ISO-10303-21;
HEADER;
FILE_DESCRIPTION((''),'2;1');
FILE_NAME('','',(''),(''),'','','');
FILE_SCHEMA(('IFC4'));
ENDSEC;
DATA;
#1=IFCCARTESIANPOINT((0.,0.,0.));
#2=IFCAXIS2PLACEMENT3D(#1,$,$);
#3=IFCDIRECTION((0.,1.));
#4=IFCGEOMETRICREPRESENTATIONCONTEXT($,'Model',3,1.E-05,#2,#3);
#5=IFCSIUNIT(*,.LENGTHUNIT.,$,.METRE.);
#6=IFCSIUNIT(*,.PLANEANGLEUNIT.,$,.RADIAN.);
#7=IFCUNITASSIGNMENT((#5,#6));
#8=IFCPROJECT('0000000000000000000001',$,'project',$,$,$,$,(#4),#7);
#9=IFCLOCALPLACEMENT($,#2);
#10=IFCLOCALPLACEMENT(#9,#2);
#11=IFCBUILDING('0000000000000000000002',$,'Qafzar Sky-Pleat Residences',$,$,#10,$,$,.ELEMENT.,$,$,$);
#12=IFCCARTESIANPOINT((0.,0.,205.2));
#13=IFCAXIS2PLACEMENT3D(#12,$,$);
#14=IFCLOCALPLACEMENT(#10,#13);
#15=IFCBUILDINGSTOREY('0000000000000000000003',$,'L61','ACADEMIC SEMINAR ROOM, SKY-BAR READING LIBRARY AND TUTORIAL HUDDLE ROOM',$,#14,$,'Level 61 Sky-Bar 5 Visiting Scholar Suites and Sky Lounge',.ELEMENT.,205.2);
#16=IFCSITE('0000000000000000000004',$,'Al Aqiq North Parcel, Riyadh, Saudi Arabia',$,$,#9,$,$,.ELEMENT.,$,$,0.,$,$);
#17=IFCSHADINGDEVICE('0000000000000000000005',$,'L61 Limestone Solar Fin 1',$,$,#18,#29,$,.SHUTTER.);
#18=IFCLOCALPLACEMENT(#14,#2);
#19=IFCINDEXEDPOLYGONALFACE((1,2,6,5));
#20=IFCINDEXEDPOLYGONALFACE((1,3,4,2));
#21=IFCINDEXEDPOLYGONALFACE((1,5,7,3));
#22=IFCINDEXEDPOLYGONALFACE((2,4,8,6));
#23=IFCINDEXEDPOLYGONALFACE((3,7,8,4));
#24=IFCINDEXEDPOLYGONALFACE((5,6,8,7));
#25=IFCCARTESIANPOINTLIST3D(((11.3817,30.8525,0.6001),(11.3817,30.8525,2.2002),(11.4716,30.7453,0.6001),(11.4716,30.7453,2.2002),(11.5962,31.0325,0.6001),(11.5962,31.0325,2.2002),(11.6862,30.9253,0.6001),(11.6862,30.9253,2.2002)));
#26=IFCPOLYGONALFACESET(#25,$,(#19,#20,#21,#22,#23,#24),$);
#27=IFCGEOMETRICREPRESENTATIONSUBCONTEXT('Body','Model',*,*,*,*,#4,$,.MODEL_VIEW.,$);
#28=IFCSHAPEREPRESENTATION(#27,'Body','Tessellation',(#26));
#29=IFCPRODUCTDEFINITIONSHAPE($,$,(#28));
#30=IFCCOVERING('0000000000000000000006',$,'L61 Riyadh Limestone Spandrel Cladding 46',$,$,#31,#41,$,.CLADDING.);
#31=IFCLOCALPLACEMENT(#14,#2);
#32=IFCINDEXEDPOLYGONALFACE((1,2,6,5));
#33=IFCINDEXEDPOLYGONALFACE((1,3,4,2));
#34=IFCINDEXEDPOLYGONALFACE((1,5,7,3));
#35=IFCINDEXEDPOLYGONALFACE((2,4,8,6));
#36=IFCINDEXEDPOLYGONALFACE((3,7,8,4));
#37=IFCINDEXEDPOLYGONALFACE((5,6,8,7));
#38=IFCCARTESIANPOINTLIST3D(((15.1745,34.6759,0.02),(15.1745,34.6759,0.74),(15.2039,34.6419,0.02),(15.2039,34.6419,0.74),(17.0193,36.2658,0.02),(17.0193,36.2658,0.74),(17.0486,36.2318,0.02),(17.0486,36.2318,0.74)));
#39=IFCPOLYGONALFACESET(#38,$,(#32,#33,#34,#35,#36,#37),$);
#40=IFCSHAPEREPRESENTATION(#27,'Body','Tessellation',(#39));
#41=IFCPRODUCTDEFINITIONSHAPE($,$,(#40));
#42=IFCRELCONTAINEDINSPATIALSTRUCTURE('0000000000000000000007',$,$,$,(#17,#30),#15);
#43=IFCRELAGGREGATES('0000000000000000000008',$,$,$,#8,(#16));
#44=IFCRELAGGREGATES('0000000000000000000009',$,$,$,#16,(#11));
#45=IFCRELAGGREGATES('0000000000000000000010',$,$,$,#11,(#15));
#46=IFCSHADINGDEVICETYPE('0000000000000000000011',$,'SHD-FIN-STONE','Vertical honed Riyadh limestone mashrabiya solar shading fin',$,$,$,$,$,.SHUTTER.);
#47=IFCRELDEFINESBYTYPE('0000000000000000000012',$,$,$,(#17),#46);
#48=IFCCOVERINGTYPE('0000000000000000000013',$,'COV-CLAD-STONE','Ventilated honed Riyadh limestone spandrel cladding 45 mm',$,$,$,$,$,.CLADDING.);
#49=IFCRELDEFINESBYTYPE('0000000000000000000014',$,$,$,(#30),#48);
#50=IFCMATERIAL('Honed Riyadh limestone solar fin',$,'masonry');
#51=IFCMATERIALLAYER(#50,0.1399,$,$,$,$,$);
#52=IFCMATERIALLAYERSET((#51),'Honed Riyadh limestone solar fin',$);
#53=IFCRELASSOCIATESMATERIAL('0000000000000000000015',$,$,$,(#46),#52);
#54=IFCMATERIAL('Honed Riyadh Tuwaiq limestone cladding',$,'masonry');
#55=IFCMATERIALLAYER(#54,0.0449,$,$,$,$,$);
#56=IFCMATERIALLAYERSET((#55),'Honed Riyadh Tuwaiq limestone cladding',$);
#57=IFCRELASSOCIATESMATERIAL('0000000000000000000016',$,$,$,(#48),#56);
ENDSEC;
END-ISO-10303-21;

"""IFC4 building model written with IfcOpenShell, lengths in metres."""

from ifc_helpers import new_model, si_unit, direction, frame, origin, origin_2d, place, context, subcontext, project, spatial, rectangle, extrude, source, transform, mapped, material, layer, layer_set, type_object, element, save


model = new_model("IFC4")

# Units and contexts
model_context = context("Model", 3, precision=1e-05, world=origin(), true_north=direction((0.0, 1.0)))
body_context = subcontext(model_context, "Body", "Model", "MODEL_VIEW")
ifc_project = project(units=[si_unit("LENGTHUNIT", "METRE"), si_unit("PLANEANGLEUNIT", "RADIAN")], contexts=[model_context])

# Site, building, storey
site_placement = place(None, origin())
site = spatial("IfcSite", under=ifc_project, at=site_placement, Name="Al Aqiq North Parcel, Riyadh, Saudi Arabia", CompositionType="ELEMENT", RefElevation=0.0)
building_placement = place(site_placement, origin())
building = spatial("IfcBuilding", under=site, at=building_placement, Name="Qafzar Sky-Pleat Residences", CompositionType="ELEMENT")
storey_placement = place(building_placement, frame((0.0, 0.0, 205.2)))
storey = spatial("IfcBuildingStorey", under=building, at=storey_placement, Name="L61", Description="ACADEMIC SEMINAR ROOM, SKY-BAR READING LIBRARY AND TUTORIAL HUDDLE ROOM", LongName="Level 61 Sky-Bar 5 Visiting Scholar Suites and Sky Lounge", CompositionType="ELEMENT", Elevation=205.2)

# Shading device
ifc_material_1 = material(Name="Honed Riyadh limestone solar fin", Category="masonry")
ifc_layer_1 = layer(ifc_material_1, 0.1399)
ifc_layer_set_1 = layer_set([ifc_layer_1], Name="Honed Riyadh limestone solar fin")
shading_device_type = type_object("IfcShadingDeviceType", Name="SHD-FIN-STONE", Description="Vertical honed Riyadh limestone mashrabiya solar shading fin", PredefinedType="SHUTTER", material=ifc_layer_set_1)
shared_shape_1 = source(origin(), body_context, "Body", "SweptSolid", [
    extrude(rectangle(XDim=0.1399, YDim=0.28, at=origin_2d()), origin(), (0.0, 0.0, 1.0), 1.6001),
])
shading_device_placement = place(storey_placement, frame((11.5339, 30.8889, 0.6001), z_axis=(0.0, 0.0, 1.0), x_axis=(-0.642754, 0.766072, 0.0)))
element("IfcShadingDevice", 1, at=shading_device_placement, inside=storey, type_object=shading_device_type, Name="L61 Limestone Solar Fin 1", PredefinedType="SHUTTER", context=body_context, shape_type="MappedRepresentation", body=[
    mapped(shared_shape_1, transform((0.0, 0.0, 0.0), x_axis=(1.0, 0.0, 0.0), y_axis=(0.0, 1.0, 0.0), z_axis=(0.0, 0.0, 1.0), scale=1.0)),
])

# Covering
ifc_material_2 = material(Name="Honed Riyadh Tuwaiq limestone cladding", Category="masonry")
ifc_layer_2 = layer(ifc_material_2, 0.0449)
ifc_layer_set_2 = layer_set([ifc_layer_2], Name="Honed Riyadh Tuwaiq limestone cladding")
covering_type = type_object("IfcCoveringType", Name="COV-CLAD-STONE", Description="Ventilated honed Riyadh limestone spandrel cladding 45 mm", PredefinedType="CLADDING", material=ifc_layer_set_2)
shared_shape_2 = source(origin(), body_context, "Body", "SweptSolid", [
    extrude(rectangle(XDim=2.4353, YDim=0.0449, at=origin_2d()), origin(), (0.0, 0.0, 1.0), 0.72),
])
covering_placement = place(storey_placement, frame((16.1116, 35.4539, 0.02), z_axis=(0.0, 0.0, 1.0), x_axis=(-0.757501, -0.652834, 0.0)))
element("IfcCovering", 2, at=covering_placement, inside=storey, type_object=covering_type, Name="L61 Riyadh Limestone Spandrel Cladding 46", PredefinedType="CLADDING", context=body_context, shape_type="MappedRepresentation", body=[
    mapped(shared_shape_2, transform((0.0, 0.0, 0.0), x_axis=(1.0, 0.0, 0.0), y_axis=(0.0, 1.0, 0.0), z_axis=(0.0, 0.0, 1.0), scale=1.0)),
])

save(model, "model.ifc")
